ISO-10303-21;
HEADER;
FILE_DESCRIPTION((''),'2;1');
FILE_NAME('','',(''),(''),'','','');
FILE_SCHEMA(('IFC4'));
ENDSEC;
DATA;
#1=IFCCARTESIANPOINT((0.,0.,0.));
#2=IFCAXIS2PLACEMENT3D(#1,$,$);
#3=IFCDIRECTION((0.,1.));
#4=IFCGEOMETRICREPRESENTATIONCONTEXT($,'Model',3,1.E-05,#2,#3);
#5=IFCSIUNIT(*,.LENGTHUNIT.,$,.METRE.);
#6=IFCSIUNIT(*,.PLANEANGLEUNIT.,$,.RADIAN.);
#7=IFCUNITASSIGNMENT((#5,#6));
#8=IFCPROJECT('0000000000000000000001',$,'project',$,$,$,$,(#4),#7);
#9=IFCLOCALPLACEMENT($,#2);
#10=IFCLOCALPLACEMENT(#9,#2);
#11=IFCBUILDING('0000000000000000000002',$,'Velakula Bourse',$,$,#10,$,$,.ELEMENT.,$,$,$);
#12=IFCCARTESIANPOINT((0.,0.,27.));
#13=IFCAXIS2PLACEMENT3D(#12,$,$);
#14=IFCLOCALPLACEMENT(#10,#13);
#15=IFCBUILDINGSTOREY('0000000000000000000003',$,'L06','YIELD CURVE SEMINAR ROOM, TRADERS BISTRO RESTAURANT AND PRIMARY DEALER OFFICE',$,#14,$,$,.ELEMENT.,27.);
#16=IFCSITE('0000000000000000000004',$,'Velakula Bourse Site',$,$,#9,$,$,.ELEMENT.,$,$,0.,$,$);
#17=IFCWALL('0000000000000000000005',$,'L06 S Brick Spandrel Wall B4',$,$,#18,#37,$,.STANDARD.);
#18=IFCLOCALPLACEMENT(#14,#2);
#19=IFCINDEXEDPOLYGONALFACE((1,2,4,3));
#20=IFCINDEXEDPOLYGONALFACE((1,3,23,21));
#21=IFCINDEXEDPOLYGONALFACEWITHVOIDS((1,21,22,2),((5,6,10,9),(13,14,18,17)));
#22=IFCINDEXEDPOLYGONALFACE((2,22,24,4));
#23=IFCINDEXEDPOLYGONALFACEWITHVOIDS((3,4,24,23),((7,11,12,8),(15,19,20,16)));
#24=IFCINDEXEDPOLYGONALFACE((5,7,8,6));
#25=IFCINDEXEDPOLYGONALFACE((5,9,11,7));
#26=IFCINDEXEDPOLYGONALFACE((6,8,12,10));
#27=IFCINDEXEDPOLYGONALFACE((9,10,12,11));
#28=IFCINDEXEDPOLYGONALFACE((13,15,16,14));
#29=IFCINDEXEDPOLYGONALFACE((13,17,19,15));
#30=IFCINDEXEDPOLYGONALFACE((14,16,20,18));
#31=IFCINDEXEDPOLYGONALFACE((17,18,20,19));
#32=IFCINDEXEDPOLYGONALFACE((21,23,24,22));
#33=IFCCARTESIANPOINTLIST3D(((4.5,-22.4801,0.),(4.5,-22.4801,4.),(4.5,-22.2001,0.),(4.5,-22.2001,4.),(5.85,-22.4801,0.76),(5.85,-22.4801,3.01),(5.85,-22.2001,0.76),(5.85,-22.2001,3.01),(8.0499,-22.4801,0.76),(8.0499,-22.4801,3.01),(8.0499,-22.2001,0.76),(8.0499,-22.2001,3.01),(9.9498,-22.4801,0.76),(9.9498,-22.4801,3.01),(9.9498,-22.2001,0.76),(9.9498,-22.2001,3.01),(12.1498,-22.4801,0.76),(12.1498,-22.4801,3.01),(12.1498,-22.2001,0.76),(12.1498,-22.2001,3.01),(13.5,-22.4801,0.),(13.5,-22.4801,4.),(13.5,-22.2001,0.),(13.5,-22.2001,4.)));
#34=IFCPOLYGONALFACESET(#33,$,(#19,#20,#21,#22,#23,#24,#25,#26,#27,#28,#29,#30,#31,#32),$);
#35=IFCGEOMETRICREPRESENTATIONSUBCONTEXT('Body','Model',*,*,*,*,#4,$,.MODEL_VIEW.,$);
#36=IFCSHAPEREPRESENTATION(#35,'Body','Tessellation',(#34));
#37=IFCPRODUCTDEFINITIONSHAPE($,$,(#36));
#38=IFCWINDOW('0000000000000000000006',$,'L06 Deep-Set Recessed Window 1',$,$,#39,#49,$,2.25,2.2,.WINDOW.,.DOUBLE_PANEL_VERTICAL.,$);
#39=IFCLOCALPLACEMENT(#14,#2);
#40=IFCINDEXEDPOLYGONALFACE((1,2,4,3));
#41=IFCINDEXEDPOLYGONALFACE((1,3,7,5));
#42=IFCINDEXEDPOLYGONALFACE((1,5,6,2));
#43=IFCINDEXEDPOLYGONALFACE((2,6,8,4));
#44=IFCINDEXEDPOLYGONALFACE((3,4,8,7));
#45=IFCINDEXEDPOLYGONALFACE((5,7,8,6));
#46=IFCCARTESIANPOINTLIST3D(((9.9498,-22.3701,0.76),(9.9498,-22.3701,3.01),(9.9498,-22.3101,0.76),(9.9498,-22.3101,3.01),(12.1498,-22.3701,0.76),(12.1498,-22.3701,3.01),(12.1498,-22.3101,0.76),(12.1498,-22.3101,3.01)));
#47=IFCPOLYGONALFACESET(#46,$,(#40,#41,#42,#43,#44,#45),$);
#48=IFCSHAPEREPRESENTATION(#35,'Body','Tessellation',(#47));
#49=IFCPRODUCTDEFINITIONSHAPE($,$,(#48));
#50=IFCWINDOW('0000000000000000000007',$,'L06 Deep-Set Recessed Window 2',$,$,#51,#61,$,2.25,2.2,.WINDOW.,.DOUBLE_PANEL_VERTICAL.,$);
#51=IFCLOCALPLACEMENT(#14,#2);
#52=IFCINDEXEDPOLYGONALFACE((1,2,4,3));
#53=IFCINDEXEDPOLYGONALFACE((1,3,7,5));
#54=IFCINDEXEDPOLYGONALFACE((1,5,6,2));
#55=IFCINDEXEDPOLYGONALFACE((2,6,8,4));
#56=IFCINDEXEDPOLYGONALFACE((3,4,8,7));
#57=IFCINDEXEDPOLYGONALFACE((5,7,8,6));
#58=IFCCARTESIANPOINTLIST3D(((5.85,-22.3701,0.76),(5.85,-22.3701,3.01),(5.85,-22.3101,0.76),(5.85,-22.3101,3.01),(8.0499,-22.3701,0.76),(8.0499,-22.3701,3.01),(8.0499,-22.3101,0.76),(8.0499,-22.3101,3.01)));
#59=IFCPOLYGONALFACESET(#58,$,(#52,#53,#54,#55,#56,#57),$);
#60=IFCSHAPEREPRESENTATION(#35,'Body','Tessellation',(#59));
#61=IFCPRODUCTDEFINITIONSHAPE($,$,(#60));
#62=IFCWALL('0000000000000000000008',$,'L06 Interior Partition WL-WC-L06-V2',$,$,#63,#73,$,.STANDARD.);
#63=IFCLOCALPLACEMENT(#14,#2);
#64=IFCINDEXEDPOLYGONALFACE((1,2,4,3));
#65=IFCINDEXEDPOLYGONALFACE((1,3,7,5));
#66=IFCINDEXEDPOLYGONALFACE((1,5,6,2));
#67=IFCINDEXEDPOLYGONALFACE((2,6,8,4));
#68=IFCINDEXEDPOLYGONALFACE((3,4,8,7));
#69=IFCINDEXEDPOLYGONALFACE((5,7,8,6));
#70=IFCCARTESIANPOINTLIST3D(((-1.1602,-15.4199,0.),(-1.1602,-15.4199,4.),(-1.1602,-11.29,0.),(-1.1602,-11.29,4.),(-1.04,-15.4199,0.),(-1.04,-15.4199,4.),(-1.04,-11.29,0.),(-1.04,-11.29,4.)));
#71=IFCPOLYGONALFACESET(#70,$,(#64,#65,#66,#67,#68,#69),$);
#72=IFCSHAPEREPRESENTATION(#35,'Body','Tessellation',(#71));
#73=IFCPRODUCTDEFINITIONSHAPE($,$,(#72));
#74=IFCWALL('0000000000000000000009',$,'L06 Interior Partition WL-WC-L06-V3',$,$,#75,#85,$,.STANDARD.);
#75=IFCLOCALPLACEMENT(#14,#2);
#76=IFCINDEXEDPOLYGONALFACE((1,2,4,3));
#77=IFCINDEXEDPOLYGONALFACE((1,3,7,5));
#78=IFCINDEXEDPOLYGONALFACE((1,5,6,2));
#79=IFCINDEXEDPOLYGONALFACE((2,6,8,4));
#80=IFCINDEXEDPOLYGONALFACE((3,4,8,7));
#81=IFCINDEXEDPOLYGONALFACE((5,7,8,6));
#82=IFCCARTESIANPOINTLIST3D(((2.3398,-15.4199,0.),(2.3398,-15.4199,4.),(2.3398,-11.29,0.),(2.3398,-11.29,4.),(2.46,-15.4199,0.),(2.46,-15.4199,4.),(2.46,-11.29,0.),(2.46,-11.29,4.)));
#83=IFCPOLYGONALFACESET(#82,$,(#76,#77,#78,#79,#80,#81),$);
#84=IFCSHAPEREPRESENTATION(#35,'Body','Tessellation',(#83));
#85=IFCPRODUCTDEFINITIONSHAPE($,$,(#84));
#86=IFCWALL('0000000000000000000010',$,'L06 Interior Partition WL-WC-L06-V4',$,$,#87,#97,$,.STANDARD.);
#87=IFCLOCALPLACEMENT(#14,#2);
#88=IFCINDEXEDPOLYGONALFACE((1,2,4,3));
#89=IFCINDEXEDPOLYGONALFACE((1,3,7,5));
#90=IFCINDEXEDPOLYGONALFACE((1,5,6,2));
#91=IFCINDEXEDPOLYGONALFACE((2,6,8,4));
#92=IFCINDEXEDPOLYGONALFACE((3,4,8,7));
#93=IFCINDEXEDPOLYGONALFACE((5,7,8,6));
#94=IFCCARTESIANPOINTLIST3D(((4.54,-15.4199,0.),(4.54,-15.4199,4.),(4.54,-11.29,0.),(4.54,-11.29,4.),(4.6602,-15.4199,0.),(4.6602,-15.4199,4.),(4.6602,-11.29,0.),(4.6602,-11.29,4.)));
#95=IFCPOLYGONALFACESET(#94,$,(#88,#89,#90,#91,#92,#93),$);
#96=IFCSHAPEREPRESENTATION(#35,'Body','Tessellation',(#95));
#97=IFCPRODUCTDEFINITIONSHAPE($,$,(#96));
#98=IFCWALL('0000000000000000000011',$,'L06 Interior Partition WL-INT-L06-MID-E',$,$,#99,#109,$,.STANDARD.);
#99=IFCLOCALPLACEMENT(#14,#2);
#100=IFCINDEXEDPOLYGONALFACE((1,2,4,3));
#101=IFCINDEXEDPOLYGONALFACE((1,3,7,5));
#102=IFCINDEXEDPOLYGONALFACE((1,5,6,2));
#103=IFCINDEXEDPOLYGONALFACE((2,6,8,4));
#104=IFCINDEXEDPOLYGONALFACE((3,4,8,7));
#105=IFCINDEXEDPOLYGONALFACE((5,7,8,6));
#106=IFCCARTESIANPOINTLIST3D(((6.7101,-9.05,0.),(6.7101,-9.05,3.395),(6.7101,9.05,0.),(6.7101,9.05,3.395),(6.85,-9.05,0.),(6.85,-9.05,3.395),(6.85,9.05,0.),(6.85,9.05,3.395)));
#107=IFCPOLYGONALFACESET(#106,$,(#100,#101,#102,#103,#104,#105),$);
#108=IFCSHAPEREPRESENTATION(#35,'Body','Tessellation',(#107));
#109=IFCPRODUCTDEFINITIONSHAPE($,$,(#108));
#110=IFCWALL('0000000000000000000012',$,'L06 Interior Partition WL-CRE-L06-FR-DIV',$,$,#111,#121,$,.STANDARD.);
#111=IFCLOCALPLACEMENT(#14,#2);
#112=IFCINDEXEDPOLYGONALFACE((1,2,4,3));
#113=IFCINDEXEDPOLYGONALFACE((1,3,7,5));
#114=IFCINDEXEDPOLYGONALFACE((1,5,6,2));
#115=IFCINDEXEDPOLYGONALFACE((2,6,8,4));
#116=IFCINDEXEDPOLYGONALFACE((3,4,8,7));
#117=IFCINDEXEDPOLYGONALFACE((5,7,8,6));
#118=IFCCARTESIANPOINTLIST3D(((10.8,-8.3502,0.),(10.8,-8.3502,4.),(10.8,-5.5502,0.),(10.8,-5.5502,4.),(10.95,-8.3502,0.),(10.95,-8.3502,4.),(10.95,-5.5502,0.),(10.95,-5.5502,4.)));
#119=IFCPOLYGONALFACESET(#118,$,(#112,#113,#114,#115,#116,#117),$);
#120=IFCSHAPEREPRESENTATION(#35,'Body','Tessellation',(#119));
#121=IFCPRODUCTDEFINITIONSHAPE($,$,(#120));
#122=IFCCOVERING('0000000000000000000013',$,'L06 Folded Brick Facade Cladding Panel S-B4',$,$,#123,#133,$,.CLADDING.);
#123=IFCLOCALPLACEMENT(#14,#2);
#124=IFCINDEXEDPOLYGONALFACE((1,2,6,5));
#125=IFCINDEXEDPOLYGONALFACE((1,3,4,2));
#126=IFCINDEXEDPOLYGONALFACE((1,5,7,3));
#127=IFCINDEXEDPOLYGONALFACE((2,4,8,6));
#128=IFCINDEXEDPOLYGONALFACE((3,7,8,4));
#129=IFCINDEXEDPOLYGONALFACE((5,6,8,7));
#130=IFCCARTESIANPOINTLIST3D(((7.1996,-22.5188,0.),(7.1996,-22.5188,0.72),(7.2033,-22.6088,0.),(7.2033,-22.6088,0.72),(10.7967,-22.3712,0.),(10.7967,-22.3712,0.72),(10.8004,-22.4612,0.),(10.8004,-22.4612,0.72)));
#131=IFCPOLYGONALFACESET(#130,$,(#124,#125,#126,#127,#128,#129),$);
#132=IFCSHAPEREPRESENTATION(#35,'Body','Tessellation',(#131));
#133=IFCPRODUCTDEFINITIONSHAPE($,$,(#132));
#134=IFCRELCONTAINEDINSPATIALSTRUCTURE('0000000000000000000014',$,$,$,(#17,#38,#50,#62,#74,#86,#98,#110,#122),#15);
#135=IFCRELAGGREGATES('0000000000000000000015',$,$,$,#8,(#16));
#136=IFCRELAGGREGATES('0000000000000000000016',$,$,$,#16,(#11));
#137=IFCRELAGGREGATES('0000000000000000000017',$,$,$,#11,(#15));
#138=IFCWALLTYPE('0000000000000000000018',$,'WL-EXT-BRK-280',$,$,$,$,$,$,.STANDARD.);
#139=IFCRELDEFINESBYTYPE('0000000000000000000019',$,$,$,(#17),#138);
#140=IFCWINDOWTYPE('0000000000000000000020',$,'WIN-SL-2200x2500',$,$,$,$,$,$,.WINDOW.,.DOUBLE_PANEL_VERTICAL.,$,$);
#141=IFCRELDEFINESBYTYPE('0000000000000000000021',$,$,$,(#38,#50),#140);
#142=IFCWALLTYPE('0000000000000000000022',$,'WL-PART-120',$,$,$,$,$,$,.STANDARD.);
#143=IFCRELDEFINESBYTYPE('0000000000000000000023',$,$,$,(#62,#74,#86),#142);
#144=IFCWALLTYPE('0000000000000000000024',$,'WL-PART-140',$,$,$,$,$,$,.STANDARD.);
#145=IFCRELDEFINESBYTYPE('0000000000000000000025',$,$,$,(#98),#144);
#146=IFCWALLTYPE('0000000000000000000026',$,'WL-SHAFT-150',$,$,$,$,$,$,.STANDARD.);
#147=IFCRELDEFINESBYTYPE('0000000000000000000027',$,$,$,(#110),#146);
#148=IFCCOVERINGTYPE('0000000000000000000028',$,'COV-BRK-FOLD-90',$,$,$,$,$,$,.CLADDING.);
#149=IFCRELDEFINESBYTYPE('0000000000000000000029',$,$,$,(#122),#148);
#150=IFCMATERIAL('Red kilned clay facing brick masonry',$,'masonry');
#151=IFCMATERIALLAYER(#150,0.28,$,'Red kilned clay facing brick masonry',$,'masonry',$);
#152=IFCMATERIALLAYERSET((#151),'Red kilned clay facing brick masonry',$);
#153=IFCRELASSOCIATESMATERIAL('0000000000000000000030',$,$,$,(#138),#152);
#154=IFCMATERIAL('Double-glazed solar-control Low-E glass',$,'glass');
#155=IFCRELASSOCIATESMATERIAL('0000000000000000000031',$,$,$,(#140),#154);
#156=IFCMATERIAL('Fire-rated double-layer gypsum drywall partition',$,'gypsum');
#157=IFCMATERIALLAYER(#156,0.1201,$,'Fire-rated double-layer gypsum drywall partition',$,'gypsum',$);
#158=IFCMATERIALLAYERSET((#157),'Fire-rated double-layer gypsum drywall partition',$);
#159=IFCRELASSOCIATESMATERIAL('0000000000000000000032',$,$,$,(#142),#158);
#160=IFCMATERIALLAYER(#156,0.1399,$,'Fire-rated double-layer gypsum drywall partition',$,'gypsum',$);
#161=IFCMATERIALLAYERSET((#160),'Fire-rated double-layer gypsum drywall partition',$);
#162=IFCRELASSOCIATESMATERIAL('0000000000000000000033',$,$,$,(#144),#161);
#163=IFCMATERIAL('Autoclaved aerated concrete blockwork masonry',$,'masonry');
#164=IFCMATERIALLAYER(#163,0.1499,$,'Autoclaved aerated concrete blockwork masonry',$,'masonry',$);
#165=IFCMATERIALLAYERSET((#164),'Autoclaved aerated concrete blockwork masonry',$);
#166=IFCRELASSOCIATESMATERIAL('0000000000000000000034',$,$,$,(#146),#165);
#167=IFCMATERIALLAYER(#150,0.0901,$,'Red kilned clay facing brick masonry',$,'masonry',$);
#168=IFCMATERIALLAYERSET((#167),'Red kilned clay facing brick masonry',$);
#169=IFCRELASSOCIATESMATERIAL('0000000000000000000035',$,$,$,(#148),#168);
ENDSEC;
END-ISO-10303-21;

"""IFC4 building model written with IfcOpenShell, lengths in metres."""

from ifc_helpers import new_model, si_unit, direction, frame, frame_2d, origin, origin_2d, place, context, subcontext, project, spatial, rectangle, extrude, material, layer, layer_set, type_object, element, fill, save


model = new_model("IFC4")

# Units and contexts
model_context = context("Model", 3, precision=1e-05, world=origin(), true_north=direction((0.0, 1.0)))
body_context = subcontext(model_context, "Body", "Model", "MODEL_VIEW")
ifc_project = project(units=[si_unit("LENGTHUNIT", "METRE"), si_unit("PLANEANGLEUNIT", "RADIAN")], contexts=[model_context])

# Site, building, storey
site_placement = place(None, origin())
site = spatial("IfcSite", under=ifc_project, at=site_placement, Name="Velakula Bourse Site", CompositionType="ELEMENT", RefElevation=0.0)
building_placement = place(site_placement, origin())
building = spatial("IfcBuilding", under=site, at=building_placement, Name="Velakula Bourse", CompositionType="ELEMENT")
storey_placement = place(building_placement, frame((0.0, 0.0, 27.0)))
storey = spatial("IfcBuildingStorey", under=building, at=storey_placement, Name="L06", Description="YIELD CURVE SEMINAR ROOM, TRADERS BISTRO RESTAURANT AND PRIMARY DEALER OFFICE", CompositionType="ELEMENT", Elevation=27.0)

# Shared definitions
ifc_material_1 = material(Name="Red kilned clay facing brick masonry", Category="masonry")
ifc_layer_1 = layer(ifc_material_1, 0.28, Name="Red kilned clay facing brick masonry", Category="masonry")
ifc_layer_set_1 = layer_set([ifc_layer_1], Name="Red kilned clay facing brick masonry")
wall_type_1 = type_object("IfcWallType", Name="WL-EXT-BRK-280", PredefinedType="STANDARD", material=ifc_layer_set_1)

# Wall, openings, windows
wall_1_placement = place(storey_placement, frame((13.5, -22.3401, 0.0), z_axis=(0.0, 0.0, 1.0), x_axis=(-1.0, 0.0, 0.0)))
wall_1 = element("IfcWall", 1, at=wall_1_placement, inside=storey, type_object=wall_type_1, Name="L06 S Brick Spandrel Wall B4", PredefinedType="STANDARD", context=body_context, shape_type="SweptSolid", body=[
    extrude(rectangle(XDim=9.0, YDim=0.28, at=frame_2d((4.5, 0.0))), origin(), (0.0, 0.0, 1.0), 4.0),
])
opening_1_placement = place(wall_1_placement, frame((1.3501, 0.0, 0.76)))
opening_1 = element("IfcOpeningElement", 2, at=opening_1_placement, cuts=wall_1, PredefinedType="OPENING", context=body_context, shape_type="SweptSolid", body=[
    extrude(rectangle(XDim=2.2, YDim=2.25, at=frame_2d((1.1001, 1.125))), frame((0.0, 0.1499, 0.0), z_axis=(0.0, -1.0, 0.0), x_axis=(1.0, 0.0, 0.0)), (0.0, 0.0, 1.0), 0.3),
])
opening_2_placement = place(wall_1_placement, frame((5.45, 0.0, 0.76)))
opening_2 = element("IfcOpeningElement", 3, at=opening_2_placement, cuts=wall_1, PredefinedType="OPENING", context=body_context, shape_type="SweptSolid", body=[
    extrude(rectangle(XDim=2.2, YDim=2.25, at=frame_2d((1.1001, 1.125))), frame((0.0, 0.1499, 0.0), z_axis=(0.0, -1.0, 0.0), x_axis=(1.0, 0.0, 0.0)), (0.0, 0.0, 1.0), 0.3),
])
ifc_material_2 = material(Name="Double-glazed solar-control Low-E glass", Category="glass")
window_type = type_object("IfcWindowType", Name="WIN-SL-2200x2500", PartitioningType="DOUBLE_PANEL_VERTICAL", PredefinedType="WINDOW", material=ifc_material_2)
window_1_placement = place(opening_1_placement, origin())
window_1 = element("IfcWindow", 4, at=window_1_placement, inside=storey, type_object=window_type, Name="L06 Deep-Set Recessed Window 1", OverallHeight=2.25, OverallWidth=2.2, PartitioningType="DOUBLE_PANEL_VERTICAL", PredefinedType="WINDOW", context=body_context, shape_type="SweptSolid", body=[
    extrude(rectangle(XDim=2.2, YDim=2.25, at=frame_2d((1.1001, 1.125))), frame((0.0, 0.03, 0.0), z_axis=(0.0, -1.0, 0.0), x_axis=(1.0, 0.0, 0.0)), (0.0, 0.0, 1.0), 0.0601),
])
fill(opening_1, window_1)
window_2_placement = place(opening_2_placement, origin())
window_2 = element("IfcWindow", 5, at=window_2_placement, inside=storey, type_object=window_type, Name="L06 Deep-Set Recessed Window 2", OverallHeight=2.25, OverallWidth=2.2, PartitioningType="DOUBLE_PANEL_VERTICAL", PredefinedType="WINDOW", context=body_context, shape_type="SweptSolid", body=[
    extrude(rectangle(XDim=2.2, YDim=2.25, at=frame_2d((1.1001, 1.125))), frame((0.0, 0.03, 0.0), z_axis=(0.0, -1.0, 0.0), x_axis=(1.0, 0.0, 0.0)), (0.0, 0.0, 1.0), 0.0601),
])
fill(opening_2, window_2)

# Walls
ifc_material_3 = material(Name="Fire-rated double-layer gypsum drywall partition", Category="gypsum")
ifc_layer_2 = layer(ifc_material_3, 0.1201, Name="Fire-rated double-layer gypsum drywall partition", Category="gypsum")
ifc_layer_set_2 = layer_set([ifc_layer_2], Name="Fire-rated double-layer gypsum drywall partition")
wall_type_2 = type_object("IfcWallType", Name="WL-PART-120", PredefinedType="STANDARD", material=ifc_layer_set_2)
for number, where, z_axis, x_axis, name in (
    (6, (-1.1001, -15.4199, 0.0), (0.0, 0.0, 1.0), (0.0, 1.0, 0.0), "L06 Interior Partition WL-WC-L06-V2"),
    (7, (2.3999, -15.4199, 0.0), (0.0, 0.0, 1.0), (0.0, 1.0, 0.0), "L06 Interior Partition WL-WC-L06-V3"),
    (8, (4.6001, -15.4199, 0.0), (0.0, 0.0, 1.0), (0.0, 1.0, 0.0), "L06 Interior Partition WL-WC-L06-V4"),
):
    element("IfcWall", number, at=place(storey_placement, frame(where, z_axis=z_axis, x_axis=x_axis)), inside=storey, type_object=wall_type_2, Name=name, PredefinedType="STANDARD", context=body_context, shape_type="SweptSolid", body=[
        extrude(rectangle(XDim=4.1299, YDim=0.1201, at=frame_2d((2.0649, 0.0))), origin(), (0.0, 0.0, 1.0), 4.0),
    ])
ifc_layer_3 = layer(ifc_material_3, 0.1399, Name="Fire-rated double-layer gypsum drywall partition", Category="gypsum")
ifc_layer_set_3 = layer_set([ifc_layer_3], Name="Fire-rated double-layer gypsum drywall partition")
wall_type_3 = type_object("IfcWallType", Name="WL-PART-140", PredefinedType="STANDARD", material=ifc_layer_set_3)
wall_2_placement = place(storey_placement, frame((6.78, -9.05, 0.0), z_axis=(0.0, 0.0, 1.0), x_axis=(0.0, 1.0, 0.0)))
element("IfcWall", 9, at=wall_2_placement, inside=storey, type_object=wall_type_3, Name="L06 Interior Partition WL-INT-L06-MID-E", PredefinedType="STANDARD", context=body_context, shape_type="SweptSolid", body=[
    extrude(rectangle(XDim=18.1001, YDim=0.1399, at=frame_2d((9.05, 0.0))), origin(), (0.0, 0.0, 1.0), 3.395),
])
ifc_material_4 = material(Name="Autoclaved aerated concrete blockwork masonry", Category="masonry")
ifc_layer_4 = layer(ifc_material_4, 0.1499, Name="Autoclaved aerated concrete blockwork masonry", Category="masonry")
ifc_layer_set_4 = layer_set([ifc_layer_4], Name="Autoclaved aerated concrete blockwork masonry")
wall_type_4 = type_object("IfcWallType", Name="WL-SHAFT-150", PredefinedType="STANDARD", material=ifc_layer_set_4)
wall_3_placement = place(storey_placement, frame((10.875, -8.3501, 0.0), z_axis=(0.0, 0.0, 1.0), x_axis=(0.0, 1.0, 0.0)))
element("IfcWall", 10, at=wall_3_placement, inside=storey, type_object=wall_type_4, Name="L06 Interior Partition WL-CRE-L06-FR-DIV", PredefinedType="STANDARD", context=body_context, shape_type="SweptSolid", body=[
    extrude(rectangle(XDim=2.8, YDim=0.1499, at=frame_2d((1.3999, 0.0))), origin(), (0.0, 0.0, 1.0), 4.0),
])

# Covering
ifc_layer_5 = layer(ifc_material_1, 0.0901, Name="Red kilned clay facing brick masonry", Category="masonry")
ifc_layer_set_5 = layer_set([ifc_layer_5], Name="Red kilned clay facing brick masonry")
covering_type = type_object("IfcCoveringType", Name="COV-BRK-FOLD-90", PredefinedType="CLADDING", material=ifc_layer_set_5)
covering_placement = place(storey_placement, frame((9.0, -22.49, 0.0), z_axis=(0.0, 0.0, 1.0), x_axis=(0.999159, 0.041004, 0.0)))
element("IfcCovering", 11, at=covering_placement, inside=storey, type_object=covering_type, Name="L06 Folded Brick Facade Cladding Panel S-B4", PredefinedType="CLADDING", context=body_context, shape_type="SweptSolid", body=[
    extrude(rectangle(XDim=3.6001, YDim=0.0901, at=origin_2d()), origin(), (0.0, 0.0, 1.0), 0.72),
])

save(model, "model.ifc")
